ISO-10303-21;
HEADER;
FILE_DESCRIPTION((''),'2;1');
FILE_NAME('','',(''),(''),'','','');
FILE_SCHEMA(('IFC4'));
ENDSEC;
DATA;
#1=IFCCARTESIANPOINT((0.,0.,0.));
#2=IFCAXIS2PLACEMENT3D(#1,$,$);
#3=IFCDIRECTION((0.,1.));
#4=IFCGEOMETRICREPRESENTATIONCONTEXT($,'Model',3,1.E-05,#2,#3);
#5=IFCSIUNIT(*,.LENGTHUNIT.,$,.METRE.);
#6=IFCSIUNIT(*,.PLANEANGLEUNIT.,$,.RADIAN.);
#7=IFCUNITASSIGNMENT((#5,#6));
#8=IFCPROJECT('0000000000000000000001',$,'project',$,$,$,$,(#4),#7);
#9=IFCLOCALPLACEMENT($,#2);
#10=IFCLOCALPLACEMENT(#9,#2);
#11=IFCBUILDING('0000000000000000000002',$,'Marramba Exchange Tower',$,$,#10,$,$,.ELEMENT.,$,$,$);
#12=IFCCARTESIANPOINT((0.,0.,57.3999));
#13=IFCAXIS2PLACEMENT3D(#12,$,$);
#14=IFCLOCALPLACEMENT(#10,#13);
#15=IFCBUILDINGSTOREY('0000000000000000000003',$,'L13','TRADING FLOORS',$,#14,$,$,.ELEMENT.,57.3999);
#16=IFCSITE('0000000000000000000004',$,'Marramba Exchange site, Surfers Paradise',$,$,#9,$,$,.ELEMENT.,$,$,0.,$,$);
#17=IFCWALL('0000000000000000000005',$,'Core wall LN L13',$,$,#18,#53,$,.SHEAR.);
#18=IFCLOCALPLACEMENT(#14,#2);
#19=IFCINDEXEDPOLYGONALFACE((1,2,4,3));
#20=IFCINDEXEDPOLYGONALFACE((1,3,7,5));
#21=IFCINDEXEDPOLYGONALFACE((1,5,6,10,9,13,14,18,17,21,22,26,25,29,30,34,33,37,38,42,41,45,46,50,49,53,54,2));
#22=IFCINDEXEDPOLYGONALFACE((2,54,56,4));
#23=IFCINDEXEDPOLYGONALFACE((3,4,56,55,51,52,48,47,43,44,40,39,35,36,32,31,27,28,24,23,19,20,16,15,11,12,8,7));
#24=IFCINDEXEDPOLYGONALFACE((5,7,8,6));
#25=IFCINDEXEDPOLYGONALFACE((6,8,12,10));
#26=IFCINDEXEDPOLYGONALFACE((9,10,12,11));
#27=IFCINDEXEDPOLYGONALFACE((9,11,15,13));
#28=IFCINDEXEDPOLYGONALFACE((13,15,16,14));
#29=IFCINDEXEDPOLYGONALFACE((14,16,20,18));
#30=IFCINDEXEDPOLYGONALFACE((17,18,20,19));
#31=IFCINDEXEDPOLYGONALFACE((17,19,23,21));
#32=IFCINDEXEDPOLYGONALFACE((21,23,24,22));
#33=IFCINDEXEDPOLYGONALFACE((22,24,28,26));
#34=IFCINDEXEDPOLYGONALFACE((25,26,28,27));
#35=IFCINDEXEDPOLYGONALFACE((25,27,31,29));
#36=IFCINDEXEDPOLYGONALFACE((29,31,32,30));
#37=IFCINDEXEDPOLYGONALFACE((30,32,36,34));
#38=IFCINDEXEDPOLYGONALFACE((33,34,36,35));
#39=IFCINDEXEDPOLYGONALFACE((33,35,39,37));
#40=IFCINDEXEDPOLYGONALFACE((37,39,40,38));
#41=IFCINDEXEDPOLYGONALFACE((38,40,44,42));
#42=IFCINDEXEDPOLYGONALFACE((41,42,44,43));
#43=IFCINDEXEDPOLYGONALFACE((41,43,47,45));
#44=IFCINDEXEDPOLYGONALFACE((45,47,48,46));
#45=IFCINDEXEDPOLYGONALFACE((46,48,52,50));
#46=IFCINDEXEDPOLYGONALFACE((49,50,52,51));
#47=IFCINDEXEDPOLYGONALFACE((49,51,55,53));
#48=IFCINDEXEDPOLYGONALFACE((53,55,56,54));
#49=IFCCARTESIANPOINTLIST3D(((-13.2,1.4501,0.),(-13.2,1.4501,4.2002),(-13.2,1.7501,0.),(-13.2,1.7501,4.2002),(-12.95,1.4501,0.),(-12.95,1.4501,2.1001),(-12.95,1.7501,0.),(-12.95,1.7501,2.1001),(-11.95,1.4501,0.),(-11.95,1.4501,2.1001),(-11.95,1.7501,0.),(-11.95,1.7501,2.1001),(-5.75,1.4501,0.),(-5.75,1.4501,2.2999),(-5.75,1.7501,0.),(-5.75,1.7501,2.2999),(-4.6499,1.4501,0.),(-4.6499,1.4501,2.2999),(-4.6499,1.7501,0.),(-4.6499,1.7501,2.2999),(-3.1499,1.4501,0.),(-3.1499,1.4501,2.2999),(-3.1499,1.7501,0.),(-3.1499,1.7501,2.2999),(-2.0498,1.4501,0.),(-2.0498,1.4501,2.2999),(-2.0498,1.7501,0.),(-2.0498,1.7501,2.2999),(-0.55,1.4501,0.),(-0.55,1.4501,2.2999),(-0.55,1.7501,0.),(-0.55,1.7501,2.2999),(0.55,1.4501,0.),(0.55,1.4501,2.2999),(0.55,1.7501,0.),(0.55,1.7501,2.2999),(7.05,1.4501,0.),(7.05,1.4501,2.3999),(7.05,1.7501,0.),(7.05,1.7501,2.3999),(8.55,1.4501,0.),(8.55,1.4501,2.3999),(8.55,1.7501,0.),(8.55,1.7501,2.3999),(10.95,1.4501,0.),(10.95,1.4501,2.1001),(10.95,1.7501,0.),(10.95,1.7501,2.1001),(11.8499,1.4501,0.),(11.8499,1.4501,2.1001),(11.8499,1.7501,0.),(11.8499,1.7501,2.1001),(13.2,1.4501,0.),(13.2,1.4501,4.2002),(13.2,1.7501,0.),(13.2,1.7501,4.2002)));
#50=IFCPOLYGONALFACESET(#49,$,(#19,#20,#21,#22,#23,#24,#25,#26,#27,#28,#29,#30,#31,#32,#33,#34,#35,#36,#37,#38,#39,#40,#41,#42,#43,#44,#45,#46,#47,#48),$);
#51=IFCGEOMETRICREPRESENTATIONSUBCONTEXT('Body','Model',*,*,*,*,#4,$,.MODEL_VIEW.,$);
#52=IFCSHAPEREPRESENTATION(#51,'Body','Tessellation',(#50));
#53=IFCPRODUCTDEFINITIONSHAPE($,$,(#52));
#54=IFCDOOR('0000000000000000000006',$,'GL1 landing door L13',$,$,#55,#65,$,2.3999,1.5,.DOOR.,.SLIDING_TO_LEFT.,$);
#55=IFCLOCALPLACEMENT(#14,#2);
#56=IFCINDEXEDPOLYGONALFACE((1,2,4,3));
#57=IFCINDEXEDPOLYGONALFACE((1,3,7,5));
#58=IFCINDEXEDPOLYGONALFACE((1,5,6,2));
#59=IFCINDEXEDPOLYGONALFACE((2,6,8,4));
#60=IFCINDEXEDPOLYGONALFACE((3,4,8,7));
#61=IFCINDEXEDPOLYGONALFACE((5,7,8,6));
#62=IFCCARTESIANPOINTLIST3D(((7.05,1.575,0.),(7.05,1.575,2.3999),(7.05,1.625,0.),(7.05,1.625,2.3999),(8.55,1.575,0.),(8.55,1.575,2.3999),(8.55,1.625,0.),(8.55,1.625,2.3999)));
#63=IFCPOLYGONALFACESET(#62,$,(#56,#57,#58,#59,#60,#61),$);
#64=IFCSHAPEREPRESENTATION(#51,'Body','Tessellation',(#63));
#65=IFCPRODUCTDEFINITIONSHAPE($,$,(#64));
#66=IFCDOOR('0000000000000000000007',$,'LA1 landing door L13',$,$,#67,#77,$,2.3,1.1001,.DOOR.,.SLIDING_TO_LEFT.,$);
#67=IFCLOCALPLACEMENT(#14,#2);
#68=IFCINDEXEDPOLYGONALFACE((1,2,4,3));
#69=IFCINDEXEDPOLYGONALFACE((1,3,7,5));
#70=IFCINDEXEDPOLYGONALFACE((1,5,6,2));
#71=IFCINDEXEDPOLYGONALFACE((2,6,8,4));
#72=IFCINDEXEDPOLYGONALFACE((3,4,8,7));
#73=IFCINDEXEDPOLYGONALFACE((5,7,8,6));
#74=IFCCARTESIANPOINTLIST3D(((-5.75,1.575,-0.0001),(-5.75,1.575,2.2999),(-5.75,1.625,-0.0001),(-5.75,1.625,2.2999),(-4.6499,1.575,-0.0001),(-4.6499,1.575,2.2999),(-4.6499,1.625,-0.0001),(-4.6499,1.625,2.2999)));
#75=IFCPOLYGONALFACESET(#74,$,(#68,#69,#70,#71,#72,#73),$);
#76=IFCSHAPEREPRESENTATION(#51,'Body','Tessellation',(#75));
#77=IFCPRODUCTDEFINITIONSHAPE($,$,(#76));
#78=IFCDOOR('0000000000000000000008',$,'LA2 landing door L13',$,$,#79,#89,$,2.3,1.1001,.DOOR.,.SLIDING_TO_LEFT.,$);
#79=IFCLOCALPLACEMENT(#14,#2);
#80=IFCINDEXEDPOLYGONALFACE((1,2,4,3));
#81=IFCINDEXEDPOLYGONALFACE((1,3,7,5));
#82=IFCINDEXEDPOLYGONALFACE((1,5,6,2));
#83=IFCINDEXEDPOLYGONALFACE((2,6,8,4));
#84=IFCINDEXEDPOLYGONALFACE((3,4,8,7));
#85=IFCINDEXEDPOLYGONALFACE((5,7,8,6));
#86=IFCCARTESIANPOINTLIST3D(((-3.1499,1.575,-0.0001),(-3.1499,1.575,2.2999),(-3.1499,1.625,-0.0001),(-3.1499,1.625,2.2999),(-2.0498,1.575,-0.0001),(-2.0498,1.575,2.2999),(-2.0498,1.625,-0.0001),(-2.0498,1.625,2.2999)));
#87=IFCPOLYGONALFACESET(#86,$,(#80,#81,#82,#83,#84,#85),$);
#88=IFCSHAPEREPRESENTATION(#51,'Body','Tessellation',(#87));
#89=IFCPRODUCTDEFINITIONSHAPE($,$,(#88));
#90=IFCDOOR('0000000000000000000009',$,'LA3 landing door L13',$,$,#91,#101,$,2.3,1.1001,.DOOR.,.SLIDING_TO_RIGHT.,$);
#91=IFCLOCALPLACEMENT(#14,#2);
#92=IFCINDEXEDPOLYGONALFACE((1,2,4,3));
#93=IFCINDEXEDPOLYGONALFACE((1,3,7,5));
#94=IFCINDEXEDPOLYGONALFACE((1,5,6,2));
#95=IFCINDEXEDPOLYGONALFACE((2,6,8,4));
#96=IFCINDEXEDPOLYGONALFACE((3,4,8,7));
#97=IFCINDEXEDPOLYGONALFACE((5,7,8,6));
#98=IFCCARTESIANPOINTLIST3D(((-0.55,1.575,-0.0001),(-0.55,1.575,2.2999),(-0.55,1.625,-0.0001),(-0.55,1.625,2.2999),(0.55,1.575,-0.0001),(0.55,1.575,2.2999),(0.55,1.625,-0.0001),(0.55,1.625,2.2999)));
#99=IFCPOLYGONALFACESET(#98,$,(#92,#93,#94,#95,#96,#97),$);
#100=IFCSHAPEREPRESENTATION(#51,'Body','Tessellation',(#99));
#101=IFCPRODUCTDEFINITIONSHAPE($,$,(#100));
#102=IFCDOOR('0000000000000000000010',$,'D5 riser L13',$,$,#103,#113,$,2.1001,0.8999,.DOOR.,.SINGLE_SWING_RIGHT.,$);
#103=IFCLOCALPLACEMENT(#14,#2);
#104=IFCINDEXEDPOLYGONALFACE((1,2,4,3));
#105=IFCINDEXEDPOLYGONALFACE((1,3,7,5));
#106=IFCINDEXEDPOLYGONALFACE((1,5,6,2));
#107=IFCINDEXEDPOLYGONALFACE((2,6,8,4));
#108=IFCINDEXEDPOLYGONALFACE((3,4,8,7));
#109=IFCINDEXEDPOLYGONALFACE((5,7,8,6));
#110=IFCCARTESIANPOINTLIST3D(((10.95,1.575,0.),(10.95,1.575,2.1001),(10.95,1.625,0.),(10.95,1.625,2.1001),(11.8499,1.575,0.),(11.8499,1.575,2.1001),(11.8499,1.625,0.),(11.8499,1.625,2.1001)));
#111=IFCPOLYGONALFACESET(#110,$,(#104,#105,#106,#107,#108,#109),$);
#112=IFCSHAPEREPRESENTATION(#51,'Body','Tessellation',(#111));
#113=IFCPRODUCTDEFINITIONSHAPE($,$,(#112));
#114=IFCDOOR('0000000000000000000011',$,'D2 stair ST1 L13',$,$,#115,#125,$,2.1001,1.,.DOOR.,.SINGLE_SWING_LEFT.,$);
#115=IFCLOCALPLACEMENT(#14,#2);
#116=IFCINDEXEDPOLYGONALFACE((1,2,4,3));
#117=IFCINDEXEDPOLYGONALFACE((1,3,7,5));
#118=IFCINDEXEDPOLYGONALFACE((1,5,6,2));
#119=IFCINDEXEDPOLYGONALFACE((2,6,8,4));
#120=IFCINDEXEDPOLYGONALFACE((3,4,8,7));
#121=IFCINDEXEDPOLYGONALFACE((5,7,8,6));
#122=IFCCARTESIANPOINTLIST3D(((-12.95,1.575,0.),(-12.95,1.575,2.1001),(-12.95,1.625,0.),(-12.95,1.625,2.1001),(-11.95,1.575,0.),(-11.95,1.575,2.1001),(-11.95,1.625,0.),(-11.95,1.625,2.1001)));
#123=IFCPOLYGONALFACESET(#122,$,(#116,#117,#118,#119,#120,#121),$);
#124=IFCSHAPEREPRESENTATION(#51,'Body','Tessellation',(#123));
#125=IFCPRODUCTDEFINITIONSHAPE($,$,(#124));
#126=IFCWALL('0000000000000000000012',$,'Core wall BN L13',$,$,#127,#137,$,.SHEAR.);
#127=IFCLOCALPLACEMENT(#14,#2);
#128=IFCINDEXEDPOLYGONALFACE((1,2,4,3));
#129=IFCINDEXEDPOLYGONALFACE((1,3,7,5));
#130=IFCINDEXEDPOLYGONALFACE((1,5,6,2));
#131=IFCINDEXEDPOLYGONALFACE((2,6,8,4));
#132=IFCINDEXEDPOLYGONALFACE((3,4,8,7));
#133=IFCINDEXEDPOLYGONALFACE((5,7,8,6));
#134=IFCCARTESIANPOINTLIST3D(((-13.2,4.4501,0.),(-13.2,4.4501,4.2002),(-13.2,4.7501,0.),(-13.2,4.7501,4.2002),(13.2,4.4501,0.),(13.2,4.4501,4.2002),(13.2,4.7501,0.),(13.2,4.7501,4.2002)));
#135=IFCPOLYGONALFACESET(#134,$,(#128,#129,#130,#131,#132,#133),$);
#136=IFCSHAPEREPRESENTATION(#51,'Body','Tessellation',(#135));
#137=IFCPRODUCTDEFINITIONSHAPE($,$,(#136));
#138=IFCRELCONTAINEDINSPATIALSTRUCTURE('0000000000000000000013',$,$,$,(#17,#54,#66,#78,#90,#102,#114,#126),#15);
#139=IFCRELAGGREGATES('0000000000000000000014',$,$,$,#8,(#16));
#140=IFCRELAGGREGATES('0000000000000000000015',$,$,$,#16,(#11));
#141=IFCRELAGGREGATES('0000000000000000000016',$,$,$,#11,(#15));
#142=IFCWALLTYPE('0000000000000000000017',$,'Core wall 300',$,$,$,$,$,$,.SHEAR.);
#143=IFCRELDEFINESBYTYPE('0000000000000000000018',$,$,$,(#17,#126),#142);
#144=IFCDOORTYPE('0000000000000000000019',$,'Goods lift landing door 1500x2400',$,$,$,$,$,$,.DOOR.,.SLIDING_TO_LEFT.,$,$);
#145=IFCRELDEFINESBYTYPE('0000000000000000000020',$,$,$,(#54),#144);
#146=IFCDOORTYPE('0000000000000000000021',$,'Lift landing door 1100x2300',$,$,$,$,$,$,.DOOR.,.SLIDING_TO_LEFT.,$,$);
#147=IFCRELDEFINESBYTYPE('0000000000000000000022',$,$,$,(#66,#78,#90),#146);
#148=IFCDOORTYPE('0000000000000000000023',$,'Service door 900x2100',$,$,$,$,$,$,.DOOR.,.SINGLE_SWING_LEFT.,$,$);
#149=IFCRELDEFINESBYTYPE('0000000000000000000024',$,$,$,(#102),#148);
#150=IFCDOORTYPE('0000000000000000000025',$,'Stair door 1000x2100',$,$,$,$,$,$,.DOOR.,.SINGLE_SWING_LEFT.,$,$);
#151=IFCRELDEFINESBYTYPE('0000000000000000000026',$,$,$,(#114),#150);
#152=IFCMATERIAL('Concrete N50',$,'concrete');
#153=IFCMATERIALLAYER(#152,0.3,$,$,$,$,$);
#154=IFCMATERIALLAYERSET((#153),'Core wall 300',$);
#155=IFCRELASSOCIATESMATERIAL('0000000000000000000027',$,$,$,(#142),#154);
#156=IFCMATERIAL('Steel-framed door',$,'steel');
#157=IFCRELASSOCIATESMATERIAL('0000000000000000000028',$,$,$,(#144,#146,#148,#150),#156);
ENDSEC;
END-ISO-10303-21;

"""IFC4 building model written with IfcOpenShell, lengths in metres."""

from ifc_helpers import new_model, si_unit, direction, frame, frame_2d, origin, place, context, subcontext, project, spatial, rectangle, extrude, material, layer, layer_set, type_object, element, fill, save


model = new_model("IFC4")

# Units and contexts
model_context = context("Model", 3, precision=1e-05, world=origin(), true_north=direction((0.0, 1.0)))
body_context = subcontext(model_context, "Body", "Model", "MODEL_VIEW")
ifc_project = project(units=[si_unit("LENGTHUNIT", "METRE"), si_unit("PLANEANGLEUNIT", "RADIAN")], contexts=[model_context])

# Site, building, storey
site_placement = place(None, origin())
site = spatial("IfcSite", under=ifc_project, at=site_placement, Name="Marramba Exchange site, Surfers Paradise", CompositionType="ELEMENT", RefElevation=0.0)
building_placement = place(site_placement, origin())
building = spatial("IfcBuilding", under=site, at=building_placement, Name="Marramba Exchange Tower", CompositionType="ELEMENT")
storey_placement = place(building_placement, frame((0.0, 0.0, 57.3999)))
storey = spatial("IfcBuildingStorey", under=building, at=storey_placement, Name="L13", Description="TRADING FLOORS", CompositionType="ELEMENT", Elevation=57.3999)

# Shared definitions
ifc_material_1 = material(Name="Concrete N50", Category="concrete")
ifc_material_2 = material(Name="Steel-framed door", Category="steel")

# Wall, openings, doors
ifc_layer_1 = layer(ifc_material_1, 0.3)
ifc_layer_set_1 = layer_set([ifc_layer_1], Name="Core wall 300")
wall_type_1 = type_object("IfcWallType", Name="Core wall 300", PredefinedType="SHEAR", material=ifc_layer_set_1)
wall_1_placement = place(storey_placement, frame((-13.2, 1.6001, 0.0), z_axis=(0.0, 0.0, 1.0), x_axis=(1.0, 0.0, 0.0)))
wall_1 = element("IfcWall", 1, at=wall_1_placement, inside=storey, type_object=wall_type_1, Name="Core wall LN L13", PredefinedType="SHEAR", context=body_context, shape_type="SweptSolid", body=[
    extrude(rectangle(XDim=26.3999, YDim=0.3, at=frame_2d((13.2, 0.0))), origin(), (0.0, 0.0, 1.0), 4.2002),
])
opening_1_placement = place(wall_1_placement, frame((0.25, 0.0, 0.0)))
opening_1 = element("IfcOpeningElement", 2, at=opening_1_placement, cuts=wall_1, PredefinedType="OPENING", context=body_context, shape_type="SweptSolid", body=[
    extrude(rectangle(XDim=1.0, YDim=2.1001, at=frame_2d((0.5, 1.05))), frame((0.0, 0.1599, 0.0), z_axis=(0.0, -1.0, 0.0), x_axis=(1.0, 0.0, 0.0)), (0.0, 0.0, 1.0), 0.3201),
])
opening_2_placement = place(wall_1_placement, frame((20.25, 0.0, 0.0)))
opening_2 = element("IfcOpeningElement", 3, at=opening_2_placement, cuts=wall_1, PredefinedType="OPENING", context=body_context, shape_type="SweptSolid", body=[
    extrude(rectangle(XDim=1.5, YDim=2.3999, at=frame_2d((0.75, 1.2))), frame((0.0, 0.1599, 0.0), z_axis=(0.0, -1.0, 0.0), x_axis=(1.0, 0.0, 0.0)), (0.0, 0.0, 1.0), 0.3201),
])
opening_3_placement = place(wall_1_placement, frame((7.45, 0.0, 0.0)))
opening_3 = element("IfcOpeningElement", 4, at=opening_3_placement, cuts=wall_1, PredefinedType="OPENING", context=body_context, shape_type="SweptSolid", body=[
    extrude(rectangle(XDim=1.1001, YDim=2.3, at=frame_2d((0.55, 1.1499))), frame((0.0, 0.1599, 0.0), z_axis=(0.0, -1.0, 0.0), x_axis=(1.0, 0.0, 0.0)), (0.0, 0.0, 1.0), 0.3201),
])
opening_4_placement = place(wall_1_placement, frame((10.05, 0.0, 0.0)))
opening_4 = element("IfcOpeningElement", 5, at=opening_4_placement, cuts=wall_1, PredefinedType="OPENING", context=body_context, shape_type="SweptSolid", body=[
    extrude(rectangle(XDim=1.1001, YDim=2.3, at=frame_2d((0.55, 1.1499))), frame((0.0, 0.1599, 0.0), z_axis=(0.0, -1.0, 0.0), x_axis=(1.0, 0.0, 0.0)), (0.0, 0.0, 1.0), 0.3201),
])
opening_5_placement = place(wall_1_placement, frame((12.6499, 0.0, 0.0)))
opening_5 = element("IfcOpeningElement", 6, at=opening_5_placement, cuts=wall_1, PredefinedType="OPENING", context=body_context, shape_type="SweptSolid", body=[
    extrude(rectangle(XDim=1.1001, YDim=2.3, at=frame_2d((0.55, 1.1499))), frame((0.0, 0.1599, 0.0), z_axis=(0.0, -1.0, 0.0), x_axis=(1.0, 0.0, 0.0)), (0.0, 0.0, 1.0), 0.3201),
])
opening_6_placement = place(wall_1_placement, frame((24.1499, 0.0, 0.0)))
opening_6 = element("IfcOpeningElement", 7, at=opening_6_placement, cuts=wall_1, PredefinedType="OPENING", context=body_context, shape_type="SweptSolid", body=[
    extrude(rectangle(XDim=0.8999, YDim=2.1001, at=frame_2d((0.45, 1.05))), frame((0.0, 0.1599, 0.0), z_axis=(0.0, -1.0, 0.0), x_axis=(1.0, 0.0, 0.0)), (0.0, 0.0, 1.0), 0.3201),
])
door_type_1 = type_object("IfcDoorType", Name="Goods lift landing door 1500x2400", OperationType="SLIDING_TO_LEFT", PredefinedType="DOOR", material=ifc_material_2)
door_1_placement = place(opening_2_placement, origin())
door_1 = element("IfcDoor", 8, at=door_1_placement, inside=storey, type_object=door_type_1, Name="GL1 landing door L13", OperationType="SLIDING_TO_LEFT", OverallHeight=2.3999, OverallWidth=1.5, PredefinedType="DOOR", context=body_context, shape_type="SweptSolid", body=[
    extrude(rectangle(XDim=1.5, YDim=2.3999, at=frame_2d((0.75, 1.2))), frame((0.0, 0.0249, 0.0), z_axis=(0.0, -1.0, 0.0), x_axis=(1.0, 0.0, 0.0)), (0.0, 0.0, 1.0), 0.05),
])
fill(opening_2, door_1)
door_type_2 = type_object("IfcDoorType", Name="Lift landing door 1100x2300", OperationType="SLIDING_TO_LEFT", PredefinedType="DOOR", material=ifc_material_2)
door_2_placement = place(opening_3_placement, origin())
door_2 = element("IfcDoor", 9, at=door_2_placement, inside=storey, type_object=door_type_2, Name="LA1 landing door L13", OperationType="SLIDING_TO_LEFT", OverallHeight=2.3, OverallWidth=1.1001, PredefinedType="DOOR", context=body_context, shape_type="SweptSolid", body=[
    extrude(rectangle(XDim=1.1001, YDim=2.3, at=frame_2d((0.55, 1.1499))), frame((0.0, 0.0249, 0.0), z_axis=(0.0, -1.0, 0.0), x_axis=(1.0, 0.0, 0.0)), (0.0, 0.0, 1.0), 0.05),
])
fill(opening_3, door_2)
door_3_placement = place(opening_4_placement, origin())
door_3 = element("IfcDoor", 10, at=door_3_placement, inside=storey, type_object=door_type_2, Name="LA2 landing door L13", OperationType="SLIDING_TO_LEFT", OverallHeight=2.3, OverallWidth=1.1001, PredefinedType="DOOR", context=body_context, shape_type="SweptSolid", body=[
    extrude(rectangle(XDim=1.1001, YDim=2.3, at=frame_2d((0.55, 1.1499))), frame((0.0, 0.0249, 0.0), z_axis=(0.0, -1.0, 0.0), x_axis=(1.0, 0.0, 0.0)), (0.0, 0.0, 1.0), 0.05),
])
fill(opening_4, door_3)
door_4_placement = place(opening_5_placement, origin())
door_4 = element("IfcDoor", 11, at=door_4_placement, inside=storey, type_object=door_type_2, Name="LA3 landing door L13", OperationType="SLIDING_TO_RIGHT", OverallHeight=2.3, OverallWidth=1.1001, PredefinedType="DOOR", context=body_context, shape_type="SweptSolid", body=[
    extrude(rectangle(XDim=1.1001, YDim=2.3, at=frame_2d((0.55, 1.1499))), frame((0.0, 0.0249, 0.0), z_axis=(0.0, -1.0, 0.0), x_axis=(1.0, 0.0, 0.0)), (0.0, 0.0, 1.0), 0.05),
])
fill(opening_5, door_4)
door_type_3 = type_object("IfcDoorType", Name="Service door 900x2100", OperationType="SINGLE_SWING_LEFT", PredefinedType="DOOR", material=ifc_material_2)
door_5_placement = place(opening_6_placement, origin())
door_5 = element("IfcDoor", 12, at=door_5_placement, inside=storey, type_object=door_type_3, Name="D5 riser L13", OperationType="SINGLE_SWING_RIGHT", OverallHeight=2.1001, OverallWidth=0.8999, PredefinedType="DOOR", context=body_context, shape_type="SweptSolid", body=[
    extrude(rectangle(XDim=0.8999, YDim=2.1001, at=frame_2d((0.45, 1.05))), frame((0.0, 0.0249, 0.0), z_axis=(0.0, -1.0, 0.0), x_axis=(1.0, 0.0, 0.0)), (0.0, 0.0, 1.0), 0.05),
])
fill(opening_6, door_5)
door_type_4 = type_object("IfcDoorType", Name="Stair door 1000x2100", OperationType="SINGLE_SWING_LEFT", PredefinedType="DOOR", material=ifc_material_2)
door_6_placement = place(opening_1_placement, origin())
door_6 = element("IfcDoor", 13, at=door_6_placement, inside=storey, type_object=door_type_4, Name="D2 stair ST1 L13", OperationType="SINGLE_SWING_LEFT", OverallHeight=2.1001, OverallWidth=1.0, PredefinedType="DOOR", context=body_context, shape_type="SweptSolid", body=[
    extrude(rectangle(XDim=1.0, YDim=2.1001, at=frame_2d((0.5, 1.05))), frame((0.0, 0.0249, 0.0), z_axis=(0.0, -1.0, 0.0), x_axis=(1.0, 0.0, 0.0)), (0.0, 0.0, 1.0), 0.05),
])
fill(opening_1, door_6)

# Wall
wall_2_placement = place(storey_placement, frame((-13.2, 4.6001, 0.0), z_axis=(0.0, 0.0, 1.0), x_axis=(1.0, 0.0, 0.0)))
element("IfcWall", 14, at=wall_2_placement, inside=storey, type_object=wall_type_1, Name="Core wall BN L13", PredefinedType="SHEAR", context=body_context, shape_type="SweptSolid", body=[
    extrude(rectangle(XDim=26.3999, YDim=0.3, at=frame_2d((13.2, 0.0))), origin(), (0.0, 0.0, 1.0), 4.2002),
])

save(model, "model.ifc")
